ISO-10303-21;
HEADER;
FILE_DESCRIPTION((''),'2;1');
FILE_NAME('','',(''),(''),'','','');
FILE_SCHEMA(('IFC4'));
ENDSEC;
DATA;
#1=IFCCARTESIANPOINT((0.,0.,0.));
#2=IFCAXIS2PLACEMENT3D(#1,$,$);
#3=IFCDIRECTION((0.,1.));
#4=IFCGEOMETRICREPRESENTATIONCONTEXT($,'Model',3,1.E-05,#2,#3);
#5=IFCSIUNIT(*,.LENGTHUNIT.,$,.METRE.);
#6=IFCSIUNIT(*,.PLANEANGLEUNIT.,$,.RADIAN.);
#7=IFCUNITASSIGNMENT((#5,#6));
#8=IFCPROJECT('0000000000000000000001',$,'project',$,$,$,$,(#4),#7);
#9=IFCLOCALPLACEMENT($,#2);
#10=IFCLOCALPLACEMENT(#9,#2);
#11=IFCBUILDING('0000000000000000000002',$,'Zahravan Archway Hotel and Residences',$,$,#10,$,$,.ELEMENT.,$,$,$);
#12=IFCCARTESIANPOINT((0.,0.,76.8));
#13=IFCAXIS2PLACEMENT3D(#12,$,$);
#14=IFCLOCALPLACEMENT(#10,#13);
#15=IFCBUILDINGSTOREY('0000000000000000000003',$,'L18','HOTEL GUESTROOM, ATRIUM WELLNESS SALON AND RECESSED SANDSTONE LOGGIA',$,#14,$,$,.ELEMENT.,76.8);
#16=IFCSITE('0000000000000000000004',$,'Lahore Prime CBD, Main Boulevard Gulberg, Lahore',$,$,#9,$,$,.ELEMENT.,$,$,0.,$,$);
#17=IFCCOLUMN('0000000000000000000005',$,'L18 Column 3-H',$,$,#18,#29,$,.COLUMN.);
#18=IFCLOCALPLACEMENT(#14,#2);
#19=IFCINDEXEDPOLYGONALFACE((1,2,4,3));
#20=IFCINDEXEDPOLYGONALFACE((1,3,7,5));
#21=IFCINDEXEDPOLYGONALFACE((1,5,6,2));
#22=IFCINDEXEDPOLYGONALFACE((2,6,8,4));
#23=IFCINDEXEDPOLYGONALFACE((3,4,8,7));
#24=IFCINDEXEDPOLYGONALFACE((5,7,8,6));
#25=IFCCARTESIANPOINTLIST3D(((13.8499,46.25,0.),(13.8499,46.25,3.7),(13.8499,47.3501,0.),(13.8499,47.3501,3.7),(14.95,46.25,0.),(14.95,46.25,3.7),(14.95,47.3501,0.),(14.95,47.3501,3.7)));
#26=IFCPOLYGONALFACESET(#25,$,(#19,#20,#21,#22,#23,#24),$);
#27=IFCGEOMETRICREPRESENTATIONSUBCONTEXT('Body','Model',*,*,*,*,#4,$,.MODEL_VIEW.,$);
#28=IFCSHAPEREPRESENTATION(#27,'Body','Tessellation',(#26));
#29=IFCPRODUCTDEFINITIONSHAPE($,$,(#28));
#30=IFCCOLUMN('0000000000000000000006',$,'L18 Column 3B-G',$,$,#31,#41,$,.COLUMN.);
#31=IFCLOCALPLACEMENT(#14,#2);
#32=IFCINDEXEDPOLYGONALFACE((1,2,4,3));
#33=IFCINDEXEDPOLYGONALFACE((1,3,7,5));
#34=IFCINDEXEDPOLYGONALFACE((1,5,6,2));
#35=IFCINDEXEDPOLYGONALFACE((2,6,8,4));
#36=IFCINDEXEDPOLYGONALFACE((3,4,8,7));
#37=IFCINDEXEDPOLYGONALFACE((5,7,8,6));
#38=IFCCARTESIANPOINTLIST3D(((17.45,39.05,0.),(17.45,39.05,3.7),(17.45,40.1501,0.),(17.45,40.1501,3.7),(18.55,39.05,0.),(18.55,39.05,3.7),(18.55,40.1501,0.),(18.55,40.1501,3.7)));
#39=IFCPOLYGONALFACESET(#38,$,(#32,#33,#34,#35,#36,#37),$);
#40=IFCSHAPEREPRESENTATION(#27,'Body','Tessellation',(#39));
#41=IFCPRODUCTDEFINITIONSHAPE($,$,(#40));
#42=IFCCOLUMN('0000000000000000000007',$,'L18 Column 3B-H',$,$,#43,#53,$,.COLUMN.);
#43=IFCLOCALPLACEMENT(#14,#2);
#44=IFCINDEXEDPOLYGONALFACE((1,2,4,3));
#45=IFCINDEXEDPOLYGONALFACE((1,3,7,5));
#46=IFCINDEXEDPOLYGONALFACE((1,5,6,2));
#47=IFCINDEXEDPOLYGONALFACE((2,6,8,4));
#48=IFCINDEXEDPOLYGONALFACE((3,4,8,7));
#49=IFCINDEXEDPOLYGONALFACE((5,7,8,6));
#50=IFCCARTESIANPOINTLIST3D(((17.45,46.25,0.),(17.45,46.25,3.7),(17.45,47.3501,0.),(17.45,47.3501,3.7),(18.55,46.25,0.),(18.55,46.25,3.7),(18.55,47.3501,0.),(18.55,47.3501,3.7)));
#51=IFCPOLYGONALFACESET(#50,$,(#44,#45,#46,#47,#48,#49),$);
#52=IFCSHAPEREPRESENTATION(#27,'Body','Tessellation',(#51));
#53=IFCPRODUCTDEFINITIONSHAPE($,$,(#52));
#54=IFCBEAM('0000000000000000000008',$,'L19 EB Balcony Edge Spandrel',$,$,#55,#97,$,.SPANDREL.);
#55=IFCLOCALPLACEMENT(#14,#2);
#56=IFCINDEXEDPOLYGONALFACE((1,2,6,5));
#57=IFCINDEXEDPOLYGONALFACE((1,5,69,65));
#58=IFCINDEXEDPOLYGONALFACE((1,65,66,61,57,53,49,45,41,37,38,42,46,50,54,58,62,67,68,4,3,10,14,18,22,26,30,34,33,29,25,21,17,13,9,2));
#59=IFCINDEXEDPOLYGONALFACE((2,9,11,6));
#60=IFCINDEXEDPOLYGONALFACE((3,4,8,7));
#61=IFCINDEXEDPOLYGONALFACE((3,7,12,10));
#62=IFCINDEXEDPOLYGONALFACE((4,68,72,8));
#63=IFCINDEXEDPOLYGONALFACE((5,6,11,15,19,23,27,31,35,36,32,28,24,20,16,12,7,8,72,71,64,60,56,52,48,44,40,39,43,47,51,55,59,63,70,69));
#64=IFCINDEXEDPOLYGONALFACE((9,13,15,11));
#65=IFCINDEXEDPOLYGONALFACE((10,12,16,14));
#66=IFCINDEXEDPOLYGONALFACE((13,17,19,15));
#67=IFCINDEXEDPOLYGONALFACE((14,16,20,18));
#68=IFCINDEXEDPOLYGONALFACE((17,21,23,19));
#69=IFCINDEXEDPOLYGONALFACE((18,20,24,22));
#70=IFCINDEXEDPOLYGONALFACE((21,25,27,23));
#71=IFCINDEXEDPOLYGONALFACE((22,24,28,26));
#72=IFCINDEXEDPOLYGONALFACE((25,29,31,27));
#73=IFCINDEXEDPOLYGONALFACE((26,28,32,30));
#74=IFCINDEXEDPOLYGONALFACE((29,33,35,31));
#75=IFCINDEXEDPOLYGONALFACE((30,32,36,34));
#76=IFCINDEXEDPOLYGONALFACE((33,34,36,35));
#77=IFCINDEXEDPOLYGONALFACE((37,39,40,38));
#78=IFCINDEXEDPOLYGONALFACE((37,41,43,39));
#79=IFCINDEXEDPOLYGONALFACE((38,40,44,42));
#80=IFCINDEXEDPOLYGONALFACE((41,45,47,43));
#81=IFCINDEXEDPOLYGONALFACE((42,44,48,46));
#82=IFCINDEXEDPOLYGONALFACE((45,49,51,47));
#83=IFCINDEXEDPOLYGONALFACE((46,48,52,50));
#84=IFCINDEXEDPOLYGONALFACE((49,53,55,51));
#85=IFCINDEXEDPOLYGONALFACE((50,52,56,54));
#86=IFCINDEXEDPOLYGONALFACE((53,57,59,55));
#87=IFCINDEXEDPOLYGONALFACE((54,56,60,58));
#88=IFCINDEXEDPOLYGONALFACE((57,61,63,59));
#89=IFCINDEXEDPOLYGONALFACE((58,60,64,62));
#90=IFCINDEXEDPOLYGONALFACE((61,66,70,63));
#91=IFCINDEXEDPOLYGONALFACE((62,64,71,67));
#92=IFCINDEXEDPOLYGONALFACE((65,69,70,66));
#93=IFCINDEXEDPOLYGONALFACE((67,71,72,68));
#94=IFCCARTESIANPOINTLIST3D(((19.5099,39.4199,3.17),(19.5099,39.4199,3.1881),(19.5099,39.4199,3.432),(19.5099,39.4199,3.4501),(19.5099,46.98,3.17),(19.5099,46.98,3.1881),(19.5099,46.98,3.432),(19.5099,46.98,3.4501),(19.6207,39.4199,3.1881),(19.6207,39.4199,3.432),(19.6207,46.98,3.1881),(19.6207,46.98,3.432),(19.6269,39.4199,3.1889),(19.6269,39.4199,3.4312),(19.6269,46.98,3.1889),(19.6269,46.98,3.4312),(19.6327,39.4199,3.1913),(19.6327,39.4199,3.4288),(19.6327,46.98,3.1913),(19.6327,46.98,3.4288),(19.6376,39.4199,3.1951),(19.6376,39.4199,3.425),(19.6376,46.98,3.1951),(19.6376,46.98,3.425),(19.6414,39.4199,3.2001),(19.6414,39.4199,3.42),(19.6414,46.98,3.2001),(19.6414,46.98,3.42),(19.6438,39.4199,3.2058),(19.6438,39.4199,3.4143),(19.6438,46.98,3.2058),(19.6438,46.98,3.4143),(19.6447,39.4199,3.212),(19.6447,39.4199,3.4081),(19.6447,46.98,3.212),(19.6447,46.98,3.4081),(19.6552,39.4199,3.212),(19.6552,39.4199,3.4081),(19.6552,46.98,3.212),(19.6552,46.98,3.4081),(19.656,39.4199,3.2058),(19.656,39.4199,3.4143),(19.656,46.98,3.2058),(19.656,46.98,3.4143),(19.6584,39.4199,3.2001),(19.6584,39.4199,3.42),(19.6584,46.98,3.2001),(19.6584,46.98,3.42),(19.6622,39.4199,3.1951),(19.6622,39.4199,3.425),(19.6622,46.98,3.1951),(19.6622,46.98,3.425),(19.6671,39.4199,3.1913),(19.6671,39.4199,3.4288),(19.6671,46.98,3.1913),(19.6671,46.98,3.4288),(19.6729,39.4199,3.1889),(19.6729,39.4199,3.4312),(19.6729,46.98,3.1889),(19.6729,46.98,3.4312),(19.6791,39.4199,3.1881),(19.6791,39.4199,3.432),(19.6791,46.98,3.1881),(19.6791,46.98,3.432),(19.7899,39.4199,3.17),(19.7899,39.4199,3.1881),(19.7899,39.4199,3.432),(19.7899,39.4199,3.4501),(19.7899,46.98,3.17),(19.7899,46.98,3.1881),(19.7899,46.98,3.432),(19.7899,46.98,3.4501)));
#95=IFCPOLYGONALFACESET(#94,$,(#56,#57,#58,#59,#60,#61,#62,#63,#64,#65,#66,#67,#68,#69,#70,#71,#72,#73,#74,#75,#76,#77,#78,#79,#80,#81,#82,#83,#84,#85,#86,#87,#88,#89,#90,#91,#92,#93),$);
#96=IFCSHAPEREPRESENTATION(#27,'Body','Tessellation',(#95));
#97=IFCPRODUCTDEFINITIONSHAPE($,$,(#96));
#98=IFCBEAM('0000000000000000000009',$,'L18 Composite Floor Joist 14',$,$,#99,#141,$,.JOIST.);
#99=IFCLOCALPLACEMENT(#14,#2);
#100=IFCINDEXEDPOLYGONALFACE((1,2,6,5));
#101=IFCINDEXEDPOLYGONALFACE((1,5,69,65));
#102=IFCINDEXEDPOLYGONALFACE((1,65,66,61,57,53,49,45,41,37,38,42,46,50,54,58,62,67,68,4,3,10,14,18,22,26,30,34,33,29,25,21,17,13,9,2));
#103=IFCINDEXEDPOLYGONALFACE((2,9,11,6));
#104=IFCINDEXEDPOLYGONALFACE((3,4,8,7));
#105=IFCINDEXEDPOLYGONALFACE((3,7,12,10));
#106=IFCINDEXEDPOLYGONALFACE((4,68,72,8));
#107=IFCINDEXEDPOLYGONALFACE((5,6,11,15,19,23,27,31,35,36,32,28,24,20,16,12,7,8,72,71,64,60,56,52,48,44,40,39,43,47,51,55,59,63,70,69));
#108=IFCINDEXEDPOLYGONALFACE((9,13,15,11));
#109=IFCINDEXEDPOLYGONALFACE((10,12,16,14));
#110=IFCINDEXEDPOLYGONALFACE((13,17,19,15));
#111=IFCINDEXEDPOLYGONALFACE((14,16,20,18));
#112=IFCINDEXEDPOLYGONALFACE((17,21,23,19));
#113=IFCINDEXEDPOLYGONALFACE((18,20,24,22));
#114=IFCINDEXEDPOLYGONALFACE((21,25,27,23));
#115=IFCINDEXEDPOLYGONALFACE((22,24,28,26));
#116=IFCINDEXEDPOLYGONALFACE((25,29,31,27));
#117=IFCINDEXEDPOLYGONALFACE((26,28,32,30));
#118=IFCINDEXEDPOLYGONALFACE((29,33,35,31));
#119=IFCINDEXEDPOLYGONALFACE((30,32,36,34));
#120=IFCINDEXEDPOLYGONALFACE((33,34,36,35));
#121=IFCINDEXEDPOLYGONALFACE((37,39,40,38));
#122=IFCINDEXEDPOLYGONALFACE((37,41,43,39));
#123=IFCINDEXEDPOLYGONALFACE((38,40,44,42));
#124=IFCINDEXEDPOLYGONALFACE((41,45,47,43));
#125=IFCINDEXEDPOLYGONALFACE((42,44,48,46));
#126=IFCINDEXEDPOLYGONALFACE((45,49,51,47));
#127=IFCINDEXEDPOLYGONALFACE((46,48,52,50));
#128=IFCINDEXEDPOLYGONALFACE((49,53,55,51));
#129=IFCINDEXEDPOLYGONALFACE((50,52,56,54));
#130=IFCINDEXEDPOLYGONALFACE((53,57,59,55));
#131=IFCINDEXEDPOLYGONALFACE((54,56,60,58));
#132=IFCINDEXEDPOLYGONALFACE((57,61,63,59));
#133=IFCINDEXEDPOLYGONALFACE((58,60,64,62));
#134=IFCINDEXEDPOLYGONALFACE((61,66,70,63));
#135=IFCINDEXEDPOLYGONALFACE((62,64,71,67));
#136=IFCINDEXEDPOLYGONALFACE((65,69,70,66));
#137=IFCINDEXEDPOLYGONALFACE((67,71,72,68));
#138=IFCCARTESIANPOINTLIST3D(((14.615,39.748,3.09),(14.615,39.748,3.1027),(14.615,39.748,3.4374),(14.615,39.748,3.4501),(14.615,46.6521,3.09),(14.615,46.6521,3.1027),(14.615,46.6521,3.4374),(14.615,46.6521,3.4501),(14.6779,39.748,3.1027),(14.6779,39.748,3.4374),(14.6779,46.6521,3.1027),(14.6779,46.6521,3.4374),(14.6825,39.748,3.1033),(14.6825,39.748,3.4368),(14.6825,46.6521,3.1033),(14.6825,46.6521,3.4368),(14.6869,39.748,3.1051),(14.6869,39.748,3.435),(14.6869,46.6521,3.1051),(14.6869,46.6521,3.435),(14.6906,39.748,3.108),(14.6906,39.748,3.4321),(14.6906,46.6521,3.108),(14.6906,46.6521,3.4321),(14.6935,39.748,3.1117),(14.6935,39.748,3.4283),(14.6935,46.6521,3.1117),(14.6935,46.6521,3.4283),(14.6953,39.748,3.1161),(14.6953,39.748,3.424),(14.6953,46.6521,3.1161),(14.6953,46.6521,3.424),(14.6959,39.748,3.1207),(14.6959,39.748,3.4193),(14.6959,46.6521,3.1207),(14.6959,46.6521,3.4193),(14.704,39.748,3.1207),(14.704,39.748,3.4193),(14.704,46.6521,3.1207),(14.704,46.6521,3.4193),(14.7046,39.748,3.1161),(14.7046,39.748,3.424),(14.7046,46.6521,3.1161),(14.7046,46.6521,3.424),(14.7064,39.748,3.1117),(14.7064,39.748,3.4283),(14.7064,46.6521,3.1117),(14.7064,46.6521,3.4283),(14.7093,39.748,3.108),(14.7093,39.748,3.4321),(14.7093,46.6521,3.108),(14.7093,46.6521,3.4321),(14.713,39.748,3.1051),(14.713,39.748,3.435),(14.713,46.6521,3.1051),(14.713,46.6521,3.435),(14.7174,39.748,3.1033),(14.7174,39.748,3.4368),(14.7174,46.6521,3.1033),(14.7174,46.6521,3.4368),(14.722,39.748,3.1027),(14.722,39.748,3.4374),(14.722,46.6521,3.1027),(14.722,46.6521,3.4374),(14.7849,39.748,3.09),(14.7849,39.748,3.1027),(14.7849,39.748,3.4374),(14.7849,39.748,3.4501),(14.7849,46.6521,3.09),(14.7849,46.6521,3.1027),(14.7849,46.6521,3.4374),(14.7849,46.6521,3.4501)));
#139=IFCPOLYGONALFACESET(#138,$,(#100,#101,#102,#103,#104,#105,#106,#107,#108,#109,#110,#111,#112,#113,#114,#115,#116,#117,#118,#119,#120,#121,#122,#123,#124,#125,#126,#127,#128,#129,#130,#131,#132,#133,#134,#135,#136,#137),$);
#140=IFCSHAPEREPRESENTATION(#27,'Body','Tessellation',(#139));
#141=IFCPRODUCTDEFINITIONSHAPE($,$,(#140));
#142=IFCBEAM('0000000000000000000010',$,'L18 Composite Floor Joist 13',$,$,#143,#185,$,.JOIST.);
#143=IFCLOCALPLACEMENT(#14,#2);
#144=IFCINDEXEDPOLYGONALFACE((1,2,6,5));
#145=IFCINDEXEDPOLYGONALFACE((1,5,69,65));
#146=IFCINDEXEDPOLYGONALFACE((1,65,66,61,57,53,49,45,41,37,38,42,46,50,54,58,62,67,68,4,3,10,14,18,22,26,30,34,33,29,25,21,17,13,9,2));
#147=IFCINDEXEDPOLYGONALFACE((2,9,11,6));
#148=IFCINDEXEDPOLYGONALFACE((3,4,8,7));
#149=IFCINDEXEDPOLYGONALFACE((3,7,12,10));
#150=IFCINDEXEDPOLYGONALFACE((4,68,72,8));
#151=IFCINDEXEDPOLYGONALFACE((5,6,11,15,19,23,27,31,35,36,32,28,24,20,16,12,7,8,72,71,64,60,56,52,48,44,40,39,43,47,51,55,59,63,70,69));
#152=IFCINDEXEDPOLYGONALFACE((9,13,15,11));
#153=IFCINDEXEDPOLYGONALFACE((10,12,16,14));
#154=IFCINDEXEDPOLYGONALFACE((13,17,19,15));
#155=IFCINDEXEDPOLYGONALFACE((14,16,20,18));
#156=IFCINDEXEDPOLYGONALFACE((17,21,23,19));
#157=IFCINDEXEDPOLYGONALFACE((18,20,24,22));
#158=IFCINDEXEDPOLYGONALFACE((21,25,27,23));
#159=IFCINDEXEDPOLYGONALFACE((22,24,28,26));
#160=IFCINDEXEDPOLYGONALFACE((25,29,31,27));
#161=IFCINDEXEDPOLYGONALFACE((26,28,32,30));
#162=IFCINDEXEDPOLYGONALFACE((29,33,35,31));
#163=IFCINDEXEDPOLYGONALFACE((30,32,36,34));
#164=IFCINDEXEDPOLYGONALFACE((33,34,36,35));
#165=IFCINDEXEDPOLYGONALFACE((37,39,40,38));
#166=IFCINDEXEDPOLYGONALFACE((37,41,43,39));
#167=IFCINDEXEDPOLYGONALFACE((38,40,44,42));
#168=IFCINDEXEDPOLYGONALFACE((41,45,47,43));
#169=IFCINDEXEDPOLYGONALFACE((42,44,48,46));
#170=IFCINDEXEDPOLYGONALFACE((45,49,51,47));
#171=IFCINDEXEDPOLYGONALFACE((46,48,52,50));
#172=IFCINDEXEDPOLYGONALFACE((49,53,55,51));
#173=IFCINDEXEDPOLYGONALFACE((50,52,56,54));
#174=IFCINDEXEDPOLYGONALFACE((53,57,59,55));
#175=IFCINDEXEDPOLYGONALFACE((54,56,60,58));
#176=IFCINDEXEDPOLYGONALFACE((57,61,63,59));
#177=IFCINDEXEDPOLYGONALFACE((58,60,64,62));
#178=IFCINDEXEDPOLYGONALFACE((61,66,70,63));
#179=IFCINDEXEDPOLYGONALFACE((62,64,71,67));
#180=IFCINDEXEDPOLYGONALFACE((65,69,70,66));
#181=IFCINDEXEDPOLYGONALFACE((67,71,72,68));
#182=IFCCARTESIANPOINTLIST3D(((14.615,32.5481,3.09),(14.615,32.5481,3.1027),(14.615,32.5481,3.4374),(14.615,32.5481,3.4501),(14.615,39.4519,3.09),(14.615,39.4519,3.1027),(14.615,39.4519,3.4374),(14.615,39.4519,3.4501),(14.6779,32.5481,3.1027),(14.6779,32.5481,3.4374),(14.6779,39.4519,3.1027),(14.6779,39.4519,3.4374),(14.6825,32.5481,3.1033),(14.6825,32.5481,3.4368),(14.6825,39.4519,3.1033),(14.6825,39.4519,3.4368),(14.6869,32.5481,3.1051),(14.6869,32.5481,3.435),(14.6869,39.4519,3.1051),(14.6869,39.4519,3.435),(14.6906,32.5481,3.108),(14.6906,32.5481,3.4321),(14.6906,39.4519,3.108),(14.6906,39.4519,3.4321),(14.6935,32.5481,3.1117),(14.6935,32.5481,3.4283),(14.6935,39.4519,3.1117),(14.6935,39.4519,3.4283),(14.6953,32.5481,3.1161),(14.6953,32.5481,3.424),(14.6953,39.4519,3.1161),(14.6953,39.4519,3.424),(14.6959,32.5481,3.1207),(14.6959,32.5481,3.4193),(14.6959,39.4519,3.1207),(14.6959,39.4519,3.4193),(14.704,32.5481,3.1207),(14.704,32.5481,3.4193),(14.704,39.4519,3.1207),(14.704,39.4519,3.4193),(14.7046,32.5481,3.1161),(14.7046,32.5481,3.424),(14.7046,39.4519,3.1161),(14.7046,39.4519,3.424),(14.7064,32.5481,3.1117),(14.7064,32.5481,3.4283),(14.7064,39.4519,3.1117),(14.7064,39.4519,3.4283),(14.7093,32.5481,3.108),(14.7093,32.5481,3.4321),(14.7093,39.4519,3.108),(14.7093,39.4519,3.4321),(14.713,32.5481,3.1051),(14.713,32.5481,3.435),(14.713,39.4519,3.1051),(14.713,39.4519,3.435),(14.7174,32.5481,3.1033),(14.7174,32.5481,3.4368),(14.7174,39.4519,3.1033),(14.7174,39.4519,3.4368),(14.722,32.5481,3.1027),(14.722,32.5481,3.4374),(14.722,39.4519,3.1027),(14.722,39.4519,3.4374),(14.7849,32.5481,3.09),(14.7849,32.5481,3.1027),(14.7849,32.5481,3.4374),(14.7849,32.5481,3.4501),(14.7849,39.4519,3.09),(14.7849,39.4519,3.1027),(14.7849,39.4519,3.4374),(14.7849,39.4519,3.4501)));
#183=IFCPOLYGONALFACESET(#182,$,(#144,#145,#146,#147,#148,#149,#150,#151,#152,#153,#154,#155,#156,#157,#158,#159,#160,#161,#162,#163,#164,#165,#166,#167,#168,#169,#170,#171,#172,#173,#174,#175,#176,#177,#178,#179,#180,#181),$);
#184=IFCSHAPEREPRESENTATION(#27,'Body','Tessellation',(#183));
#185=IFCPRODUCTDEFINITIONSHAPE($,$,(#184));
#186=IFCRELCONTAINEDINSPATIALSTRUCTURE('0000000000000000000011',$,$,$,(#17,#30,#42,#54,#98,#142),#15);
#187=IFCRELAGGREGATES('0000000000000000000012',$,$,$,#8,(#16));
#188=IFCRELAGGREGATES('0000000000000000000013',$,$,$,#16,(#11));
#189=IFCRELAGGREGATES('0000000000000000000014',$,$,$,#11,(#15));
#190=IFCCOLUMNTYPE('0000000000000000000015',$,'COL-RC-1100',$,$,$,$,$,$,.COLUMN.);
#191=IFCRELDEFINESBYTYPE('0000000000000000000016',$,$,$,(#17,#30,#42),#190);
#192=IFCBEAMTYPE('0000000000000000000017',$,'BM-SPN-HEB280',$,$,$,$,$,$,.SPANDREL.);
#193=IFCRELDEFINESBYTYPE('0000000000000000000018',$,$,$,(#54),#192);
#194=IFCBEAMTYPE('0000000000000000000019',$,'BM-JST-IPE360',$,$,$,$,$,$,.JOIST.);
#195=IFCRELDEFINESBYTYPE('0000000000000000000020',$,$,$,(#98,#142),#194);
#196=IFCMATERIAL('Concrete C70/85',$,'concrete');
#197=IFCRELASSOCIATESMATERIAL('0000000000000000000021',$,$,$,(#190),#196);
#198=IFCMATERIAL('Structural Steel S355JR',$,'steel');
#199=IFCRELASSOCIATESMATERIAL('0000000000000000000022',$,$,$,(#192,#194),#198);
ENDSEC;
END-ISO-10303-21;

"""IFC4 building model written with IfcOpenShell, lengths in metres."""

from ifc_helpers import new_model, si_unit, direction, frame, origin, origin_2d, place, context, subcontext, project, spatial, rectangle, i_section, extrude, source, transform, mapped, material, material_profile, profile_set, type_object, type_shapes, element, save


model = new_model("IFC4")

# Units and contexts
model_context = context("Model", 3, precision=1e-05, world=origin(), true_north=direction((0.0, 1.0)))
body_context = subcontext(model_context, "Body", "Model", "MODEL_VIEW")
ifc_project = project(units=[si_unit("LENGTHUNIT", "METRE"), si_unit("PLANEANGLEUNIT", "RADIAN")], contexts=[model_context])

# Site, building, storey
site_placement = place(None, origin())
site = spatial("IfcSite", under=ifc_project, at=site_placement, Name="Lahore Prime CBD, Main Boulevard Gulberg, Lahore", CompositionType="ELEMENT", RefElevation=0.0)
building_placement = place(site_placement, origin())
building = spatial("IfcBuilding", under=site, at=building_placement, Name="Zahravan Archway Hotel and Residences", CompositionType="ELEMENT")
storey_placement = place(building_placement, frame((0.0, 0.0, 76.8)))
storey = spatial("IfcBuildingStorey", under=building, at=storey_placement, Name="L18", Description="HOTEL GUESTROOM, ATRIUM WELLNESS SALON AND RECESSED SANDSTONE LOGGIA", CompositionType="ELEMENT", Elevation=76.8)

# Columns
ifc_material_1 = material(Name="Concrete C70/85", Category="concrete")
ifc_material_profile_1 = material_profile(ifc_material_1, rectangle(XDim=1.1001, YDim=1.1001, at=origin_2d()), Name="RC 1100x1100", Category="concrete")
ifc_profile_set_1 = profile_set([ifc_material_profile_1], Name="Concrete C70/85")
column_type = type_object("IfcColumnType", Name="COL-RC-1100", PredefinedType="COLUMN", material=ifc_profile_set_1)
shared_shape_1 = source(origin(), body_context, "Body", "SweptSolid", [
    extrude(rectangle(XDim=1.1001, YDim=1.1001, at=origin_2d()), origin(), (0.0, 0.0, 1.0), 3.7),
])
for number, where, z_axis, x_axis, name in (
    (1, (14.3999, 46.8, 0.0), (0.0, 0.0, 1.0), (1.0, 0.0, 0.0), "L18 Column 3-H"),
    (2, (18.0, 39.6001, 0.0), (0.0, 0.0, 1.0), (1.0, 0.0, 0.0), "L18 Column 3B-G"),
    (3, (18.0, 46.8, 0.0), (0.0, 0.0, 1.0), (1.0, 0.0, 0.0), "L18 Column 3B-H"),
):
    element("IfcColumn", number, at=place(storey_placement, frame(where, z_axis=z_axis, x_axis=x_axis)), inside=storey, type_object=column_type, Name=name, PredefinedType="COLUMN", context=body_context, shape_type="MappedRepresentation", body=[
        mapped(shared_shape_1, transform((0.0, 0.0, 0.0), scale=1.0)),
    ])

# Beams
ifc_material_2 = material(Name="Structural Steel S355JR", Category="steel")
ifc_material_profile_2 = material_profile(ifc_material_2, i_section(OverallWidth=0.28, OverallDepth=0.28, WebThickness=0.0105, FlangeThickness=0.0181, FilletRadius=0.0239, at=origin_2d()), Name="HEB 280", Category="steel")
ifc_profile_set_2 = profile_set([ifc_material_profile_2], Name="Structural Steel S355JR")
beam_type_1 = type_object("IfcBeamType", Name="BM-SPN-HEB280", PredefinedType="SPANDREL", material=ifc_profile_set_2)
shared_shape_2 = source(origin(), body_context, "Body", "SweptSolid", [
    extrude(i_section(OverallWidth=0.28, OverallDepth=0.28, WebThickness=0.0105, FlangeThickness=0.0181, FilletRadius=0.0239, at=origin_2d()), origin(), (0.0, 0.0, 1.0), 7.5601),
])
type_shapes(beam_type_1, [shared_shape_2])
beam_1_placement = place(storey_placement, frame((19.6499, 39.4199, 3.3101), z_axis=(0.0, 1.0, 0.0), x_axis=(-1.0, 0.0, 0.0)))
element("IfcBeam", 4, at=beam_1_placement, inside=storey, type_object=beam_type_1, Name="L19 EB Balcony Edge Spandrel", PredefinedType="SPANDREL", context=body_context, shape_type="MappedRepresentation", body=[
    mapped(shared_shape_2, transform((0.0, 0.0, 0.0), scale=1.0)),
])
ifc_material_profile_3 = material_profile(ifc_material_2, i_section(OverallWidth=0.1699, OverallDepth=0.3601, WebThickness=0.0081, FlangeThickness=0.0127, FilletRadius=0.0181, at=origin_2d()), Name="IPE 360", Category="steel")
ifc_profile_set_3 = profile_set([ifc_material_profile_3], Name="Structural Steel S355JR")
beam_type_2 = type_object("IfcBeamType", Name="BM-JST-IPE360", PredefinedType="JOIST", material=ifc_profile_set_3)
shared_shape_3 = source(origin(), body_context, "Body", "SweptSolid", [
    extrude(i_section(OverallWidth=0.1699, OverallDepth=0.3601, WebThickness=0.0081, FlangeThickness=0.0127, FilletRadius=0.0181, at=origin_2d()), origin(), (0.0, 0.0, 1.0), 6.9041),
])
type_shapes(beam_type_2, [shared_shape_3])
beam_2_placement = place(storey_placement, frame((14.7, 39.748, 3.27), z_axis=(0.0, 1.0, 0.0), x_axis=(-1.0, 0.0, 0.0)))
element("IfcBeam", 5, at=beam_2_placement, inside=storey, type_object=beam_type_2, Name="L18 Composite Floor Joist 14", PredefinedType="JOIST", context=body_context, shape_type="MappedRepresentation", body=[
    mapped(shared_shape_3, transform((0.0, 0.0, 0.0), scale=1.0)),
])
shared_shape_4 = source(origin(), body_context, "Body", "SweptSolid", [
    extrude(i_section(OverallWidth=0.1699, OverallDepth=0.3601, WebThickness=0.0081, FlangeThickness=0.0127, FilletRadius=0.0181, at=origin_2d()), origin(), (0.0, 0.0, 1.0), 6.9038),
])
beam_3_placement = place(storey_placement, frame((14.7, 32.5481, 3.27), z_axis=(0.0, 1.0, 0.0), x_axis=(-1.0, 0.0, 0.0)))
element("IfcBeam", 6, at=beam_3_placement, inside=storey, type_object=beam_type_2, Name="L18 Composite Floor Joist 13", PredefinedType="JOIST", context=body_context, shape_type="MappedRepresentation", body=[
    mapped(shared_shape_4, transform((0.0, 0.0, 0.0), scale=1.0)),
])

save(model, "model.ifc")
